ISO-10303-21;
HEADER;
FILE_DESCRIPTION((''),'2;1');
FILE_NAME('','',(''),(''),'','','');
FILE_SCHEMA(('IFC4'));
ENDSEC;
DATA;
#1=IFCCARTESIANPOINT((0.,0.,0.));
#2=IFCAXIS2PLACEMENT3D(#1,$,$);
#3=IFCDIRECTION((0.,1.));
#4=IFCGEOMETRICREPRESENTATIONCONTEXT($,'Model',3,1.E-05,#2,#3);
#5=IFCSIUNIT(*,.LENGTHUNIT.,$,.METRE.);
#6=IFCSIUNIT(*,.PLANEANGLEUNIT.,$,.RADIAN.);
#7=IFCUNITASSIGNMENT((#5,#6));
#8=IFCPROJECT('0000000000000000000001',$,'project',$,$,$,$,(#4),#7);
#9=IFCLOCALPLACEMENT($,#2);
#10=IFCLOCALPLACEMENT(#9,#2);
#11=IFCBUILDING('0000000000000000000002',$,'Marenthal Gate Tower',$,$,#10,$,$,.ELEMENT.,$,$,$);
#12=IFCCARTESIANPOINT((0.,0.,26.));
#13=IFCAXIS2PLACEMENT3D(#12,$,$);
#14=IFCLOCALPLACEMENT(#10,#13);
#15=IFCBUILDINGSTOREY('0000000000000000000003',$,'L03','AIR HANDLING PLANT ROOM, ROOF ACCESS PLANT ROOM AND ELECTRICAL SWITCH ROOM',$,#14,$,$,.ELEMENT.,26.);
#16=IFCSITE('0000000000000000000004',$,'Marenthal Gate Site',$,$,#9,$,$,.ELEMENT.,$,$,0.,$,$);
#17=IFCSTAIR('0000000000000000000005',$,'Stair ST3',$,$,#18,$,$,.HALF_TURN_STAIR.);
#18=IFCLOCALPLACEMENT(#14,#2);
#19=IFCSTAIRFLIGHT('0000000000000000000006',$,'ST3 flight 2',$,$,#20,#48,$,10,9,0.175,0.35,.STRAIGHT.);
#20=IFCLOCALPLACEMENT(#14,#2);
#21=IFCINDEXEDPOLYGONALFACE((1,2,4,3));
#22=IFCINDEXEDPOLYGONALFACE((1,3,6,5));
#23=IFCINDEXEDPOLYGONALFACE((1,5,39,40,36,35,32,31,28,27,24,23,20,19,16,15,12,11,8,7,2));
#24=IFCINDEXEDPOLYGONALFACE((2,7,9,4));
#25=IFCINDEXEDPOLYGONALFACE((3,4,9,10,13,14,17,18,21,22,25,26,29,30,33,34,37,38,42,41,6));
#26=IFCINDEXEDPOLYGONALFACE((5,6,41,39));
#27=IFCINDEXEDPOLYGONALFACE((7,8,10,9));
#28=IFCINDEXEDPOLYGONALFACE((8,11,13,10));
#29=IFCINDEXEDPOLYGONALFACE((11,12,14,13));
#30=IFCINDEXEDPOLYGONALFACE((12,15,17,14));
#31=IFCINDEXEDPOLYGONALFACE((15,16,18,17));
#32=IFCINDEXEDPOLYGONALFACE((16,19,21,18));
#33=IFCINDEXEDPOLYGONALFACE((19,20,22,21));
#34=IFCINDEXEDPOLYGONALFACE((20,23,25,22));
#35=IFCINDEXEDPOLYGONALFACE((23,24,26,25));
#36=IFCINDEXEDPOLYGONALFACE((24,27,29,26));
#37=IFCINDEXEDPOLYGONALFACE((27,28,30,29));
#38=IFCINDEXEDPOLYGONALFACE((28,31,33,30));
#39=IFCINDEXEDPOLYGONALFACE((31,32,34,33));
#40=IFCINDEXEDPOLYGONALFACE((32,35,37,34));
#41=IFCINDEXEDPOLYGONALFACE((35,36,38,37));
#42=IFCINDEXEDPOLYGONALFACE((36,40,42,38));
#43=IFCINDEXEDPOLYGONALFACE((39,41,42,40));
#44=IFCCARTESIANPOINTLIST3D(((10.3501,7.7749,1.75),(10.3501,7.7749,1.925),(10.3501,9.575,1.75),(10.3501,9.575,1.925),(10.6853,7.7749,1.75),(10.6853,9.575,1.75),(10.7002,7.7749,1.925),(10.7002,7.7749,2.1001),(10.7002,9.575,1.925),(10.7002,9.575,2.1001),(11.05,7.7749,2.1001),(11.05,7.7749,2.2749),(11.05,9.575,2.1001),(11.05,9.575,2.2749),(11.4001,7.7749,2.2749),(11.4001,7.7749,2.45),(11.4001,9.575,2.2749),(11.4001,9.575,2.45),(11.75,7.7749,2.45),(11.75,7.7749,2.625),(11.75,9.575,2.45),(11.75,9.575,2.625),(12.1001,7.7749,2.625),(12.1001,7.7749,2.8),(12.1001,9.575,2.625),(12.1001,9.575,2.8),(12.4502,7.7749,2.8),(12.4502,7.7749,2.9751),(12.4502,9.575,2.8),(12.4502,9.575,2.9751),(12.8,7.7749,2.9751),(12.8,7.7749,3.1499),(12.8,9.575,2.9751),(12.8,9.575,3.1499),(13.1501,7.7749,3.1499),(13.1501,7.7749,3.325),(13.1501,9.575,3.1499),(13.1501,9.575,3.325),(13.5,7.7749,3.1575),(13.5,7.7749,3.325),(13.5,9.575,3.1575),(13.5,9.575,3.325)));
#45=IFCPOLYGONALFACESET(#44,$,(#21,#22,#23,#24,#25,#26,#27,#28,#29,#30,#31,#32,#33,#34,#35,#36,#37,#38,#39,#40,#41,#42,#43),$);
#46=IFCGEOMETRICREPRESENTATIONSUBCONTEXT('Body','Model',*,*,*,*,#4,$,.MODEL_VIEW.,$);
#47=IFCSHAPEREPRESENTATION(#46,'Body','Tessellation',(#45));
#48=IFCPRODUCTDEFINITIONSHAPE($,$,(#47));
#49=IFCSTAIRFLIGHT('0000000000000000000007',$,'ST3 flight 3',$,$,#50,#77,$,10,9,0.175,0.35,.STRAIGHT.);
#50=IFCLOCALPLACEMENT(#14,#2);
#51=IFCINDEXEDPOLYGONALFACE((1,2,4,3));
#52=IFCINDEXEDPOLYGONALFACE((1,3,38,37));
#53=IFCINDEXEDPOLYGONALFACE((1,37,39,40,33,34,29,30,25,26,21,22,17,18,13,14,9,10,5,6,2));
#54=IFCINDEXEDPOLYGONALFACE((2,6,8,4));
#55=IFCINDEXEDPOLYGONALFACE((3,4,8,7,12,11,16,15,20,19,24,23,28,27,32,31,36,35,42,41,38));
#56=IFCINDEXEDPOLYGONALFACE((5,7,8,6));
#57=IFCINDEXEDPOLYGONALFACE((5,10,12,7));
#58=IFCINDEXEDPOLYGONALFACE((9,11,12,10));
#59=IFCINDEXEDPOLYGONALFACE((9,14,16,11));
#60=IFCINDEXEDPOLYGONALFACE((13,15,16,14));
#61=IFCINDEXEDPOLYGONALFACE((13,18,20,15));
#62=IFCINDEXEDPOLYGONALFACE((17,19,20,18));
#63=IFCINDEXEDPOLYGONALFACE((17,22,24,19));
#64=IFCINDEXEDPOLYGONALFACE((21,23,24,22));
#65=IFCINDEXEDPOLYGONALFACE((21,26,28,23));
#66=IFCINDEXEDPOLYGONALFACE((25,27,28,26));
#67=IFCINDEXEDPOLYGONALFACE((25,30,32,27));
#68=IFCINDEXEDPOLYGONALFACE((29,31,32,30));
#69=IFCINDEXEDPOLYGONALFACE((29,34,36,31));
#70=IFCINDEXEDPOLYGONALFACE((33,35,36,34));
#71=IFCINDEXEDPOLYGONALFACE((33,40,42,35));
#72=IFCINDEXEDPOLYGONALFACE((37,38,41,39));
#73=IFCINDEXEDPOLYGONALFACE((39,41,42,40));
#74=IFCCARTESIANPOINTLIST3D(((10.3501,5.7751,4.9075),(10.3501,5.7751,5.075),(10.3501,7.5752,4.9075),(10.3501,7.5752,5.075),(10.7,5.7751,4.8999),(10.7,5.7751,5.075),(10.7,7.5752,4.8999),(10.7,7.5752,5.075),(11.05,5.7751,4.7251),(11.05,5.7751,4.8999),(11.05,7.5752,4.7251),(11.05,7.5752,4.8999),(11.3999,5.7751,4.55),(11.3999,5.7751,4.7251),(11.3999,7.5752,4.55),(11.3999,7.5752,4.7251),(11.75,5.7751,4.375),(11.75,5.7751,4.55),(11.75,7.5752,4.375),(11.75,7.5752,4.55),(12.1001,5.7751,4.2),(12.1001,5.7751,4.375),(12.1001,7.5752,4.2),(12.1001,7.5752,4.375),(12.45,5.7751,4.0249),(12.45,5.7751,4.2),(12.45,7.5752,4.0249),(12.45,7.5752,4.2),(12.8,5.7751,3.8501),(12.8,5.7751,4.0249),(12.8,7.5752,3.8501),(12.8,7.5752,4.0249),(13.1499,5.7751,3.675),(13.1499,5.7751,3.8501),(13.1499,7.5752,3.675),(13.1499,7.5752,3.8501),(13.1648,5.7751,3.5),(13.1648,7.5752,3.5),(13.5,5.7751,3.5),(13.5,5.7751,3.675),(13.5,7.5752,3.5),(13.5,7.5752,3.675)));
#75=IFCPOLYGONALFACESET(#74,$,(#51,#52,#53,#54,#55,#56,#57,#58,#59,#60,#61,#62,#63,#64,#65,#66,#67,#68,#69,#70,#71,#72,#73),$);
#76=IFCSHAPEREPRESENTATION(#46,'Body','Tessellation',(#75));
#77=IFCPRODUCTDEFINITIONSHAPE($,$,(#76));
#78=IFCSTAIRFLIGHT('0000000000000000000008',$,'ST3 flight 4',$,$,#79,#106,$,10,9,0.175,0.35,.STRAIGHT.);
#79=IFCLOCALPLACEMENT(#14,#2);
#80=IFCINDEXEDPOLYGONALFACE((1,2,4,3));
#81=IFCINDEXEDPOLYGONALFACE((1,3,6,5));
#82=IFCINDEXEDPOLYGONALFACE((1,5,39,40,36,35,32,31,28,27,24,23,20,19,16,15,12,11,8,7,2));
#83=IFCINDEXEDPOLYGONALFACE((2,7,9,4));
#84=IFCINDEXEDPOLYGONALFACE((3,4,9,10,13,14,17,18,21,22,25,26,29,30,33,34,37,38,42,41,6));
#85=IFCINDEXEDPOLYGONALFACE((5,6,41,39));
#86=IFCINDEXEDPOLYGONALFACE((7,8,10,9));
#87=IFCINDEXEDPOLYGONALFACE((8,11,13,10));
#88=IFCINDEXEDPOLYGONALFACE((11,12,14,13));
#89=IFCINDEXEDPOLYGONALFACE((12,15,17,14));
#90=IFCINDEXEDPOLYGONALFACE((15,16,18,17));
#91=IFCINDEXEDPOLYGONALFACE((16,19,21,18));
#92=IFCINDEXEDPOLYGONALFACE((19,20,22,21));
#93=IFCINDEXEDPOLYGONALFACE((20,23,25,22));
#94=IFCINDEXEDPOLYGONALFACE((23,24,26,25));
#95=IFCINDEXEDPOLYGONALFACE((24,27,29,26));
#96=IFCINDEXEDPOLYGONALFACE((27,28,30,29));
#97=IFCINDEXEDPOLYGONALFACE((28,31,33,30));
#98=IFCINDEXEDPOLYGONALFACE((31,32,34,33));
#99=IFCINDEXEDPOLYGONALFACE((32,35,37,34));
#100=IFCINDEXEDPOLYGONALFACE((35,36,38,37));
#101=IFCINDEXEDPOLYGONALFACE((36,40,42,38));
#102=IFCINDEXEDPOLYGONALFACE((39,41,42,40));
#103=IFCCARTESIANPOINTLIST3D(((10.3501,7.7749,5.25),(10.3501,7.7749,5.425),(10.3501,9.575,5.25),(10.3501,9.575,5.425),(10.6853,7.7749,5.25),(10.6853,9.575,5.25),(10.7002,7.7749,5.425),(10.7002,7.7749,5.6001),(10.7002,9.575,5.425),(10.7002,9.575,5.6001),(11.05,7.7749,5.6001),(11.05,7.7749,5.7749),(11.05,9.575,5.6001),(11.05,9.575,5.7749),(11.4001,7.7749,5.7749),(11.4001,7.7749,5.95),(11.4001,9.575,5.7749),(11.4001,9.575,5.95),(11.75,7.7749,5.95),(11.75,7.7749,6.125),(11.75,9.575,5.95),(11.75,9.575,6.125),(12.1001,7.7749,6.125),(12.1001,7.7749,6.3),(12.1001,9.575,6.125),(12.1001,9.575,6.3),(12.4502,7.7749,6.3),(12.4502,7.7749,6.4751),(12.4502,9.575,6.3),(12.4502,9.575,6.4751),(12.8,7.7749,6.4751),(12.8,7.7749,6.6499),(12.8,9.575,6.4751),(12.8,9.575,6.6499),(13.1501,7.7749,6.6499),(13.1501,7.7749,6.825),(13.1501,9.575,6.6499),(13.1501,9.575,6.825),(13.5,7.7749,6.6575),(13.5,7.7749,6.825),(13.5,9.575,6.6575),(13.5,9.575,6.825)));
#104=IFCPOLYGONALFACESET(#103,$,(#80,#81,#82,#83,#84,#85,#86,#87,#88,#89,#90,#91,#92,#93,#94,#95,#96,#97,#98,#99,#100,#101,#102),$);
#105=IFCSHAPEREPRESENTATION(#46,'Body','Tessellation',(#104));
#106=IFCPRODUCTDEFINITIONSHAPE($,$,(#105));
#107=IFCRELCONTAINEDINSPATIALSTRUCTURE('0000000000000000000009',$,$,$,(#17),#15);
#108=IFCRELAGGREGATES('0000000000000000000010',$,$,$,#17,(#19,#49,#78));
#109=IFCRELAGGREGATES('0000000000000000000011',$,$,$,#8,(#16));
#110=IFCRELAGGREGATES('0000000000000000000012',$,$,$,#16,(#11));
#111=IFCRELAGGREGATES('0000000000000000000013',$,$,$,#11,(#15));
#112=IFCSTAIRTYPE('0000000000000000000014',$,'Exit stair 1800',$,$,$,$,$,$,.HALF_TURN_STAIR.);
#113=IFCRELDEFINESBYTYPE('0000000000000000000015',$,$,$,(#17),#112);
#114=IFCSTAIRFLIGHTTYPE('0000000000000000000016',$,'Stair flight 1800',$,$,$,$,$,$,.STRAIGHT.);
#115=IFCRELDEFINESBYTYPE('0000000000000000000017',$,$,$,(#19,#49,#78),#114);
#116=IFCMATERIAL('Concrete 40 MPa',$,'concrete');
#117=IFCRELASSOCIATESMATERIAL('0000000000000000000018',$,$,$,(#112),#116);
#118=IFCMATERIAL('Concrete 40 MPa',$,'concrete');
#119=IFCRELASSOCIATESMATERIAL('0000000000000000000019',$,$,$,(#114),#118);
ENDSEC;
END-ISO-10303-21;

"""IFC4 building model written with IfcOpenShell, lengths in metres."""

from ifc_helpers import new_model, si_unit, direction, frame, origin, place, context, subcontext, project, spatial, polyline, outline, extrude, material, type_object, element, aggregate, save


model = new_model("IFC4")

# Units and contexts
model_context = context("Model", 3, precision=1e-05, world=origin(), true_north=direction((0.0, 1.0)))
body_context = subcontext(model_context, "Body", "Model", "MODEL_VIEW")
ifc_project = project(units=[si_unit("LENGTHUNIT", "METRE"), si_unit("PLANEANGLEUNIT", "RADIAN")], contexts=[model_context])

# Site, building, storey
site_placement = place(None, origin())
site = spatial("IfcSite", under=ifc_project, at=site_placement, Name="Marenthal Gate Site", CompositionType="ELEMENT", RefElevation=0.0)
building_placement = place(site_placement, origin())
building = spatial("IfcBuilding", under=site, at=building_placement, Name="Marenthal Gate Tower", CompositionType="ELEMENT")
storey_placement = place(building_placement, frame((0.0, 0.0, 26.0)))
storey = spatial("IfcBuildingStorey", under=building, at=storey_placement, Name="L03", Description="AIR HANDLING PLANT ROOM, ROOF ACCESS PLANT ROOM AND ELECTRICAL SWITCH ROOM", CompositionType="ELEMENT", Elevation=26.0)

# Stair
ifc_material_1 = material(Name="Concrete 40 MPa", Category="concrete")
stair_type = type_object("IfcStairType", Name="Exit stair 1800", PredefinedType="HALF_TURN_STAIR", material=ifc_material_1)
stair_placement = place(storey_placement, origin())
stair = element("IfcStair", 1, at=stair_placement, inside=storey, type_object=stair_type, Name="Stair ST3", PredefinedType="HALF_TURN_STAIR")

# Stair flights
ifc_material_2 = material(Name="Concrete 40 MPa", Category="concrete")
stair_flight_type = type_object("IfcStairFlightType", Name="Stair flight 1800", PredefinedType="STRAIGHT", material=ifc_material_2)
stair_flight_1_placement = place(storey_placement, frame((10.3501, 8.675, 1.75), z_axis=(0.0, 0.0, 1.0), x_axis=(1.0, 0.0, 0.0)))
stair_flight_1 = element("IfcStairFlight", 2, at=stair_flight_1_placement, type_object=stair_flight_type, Name="ST3 flight 2", NumberOfRisers=10, NumberOfTreads=9, PredefinedType="STRAIGHT", RiserHeight=0.175, TreadLength=0.35, context=body_context, shape_type="SweptSolid", body=[
    extrude(outline(polyline([(0.0, 0.0), (0.0, 0.175), (0.3501, 0.175), (0.3501, 0.3501), (0.7, 0.3501), (0.7, 0.5249), (1.05, 0.5249), (1.05, 0.7), (1.3999, 0.7), (1.3999, 0.875), (1.75, 0.875), (1.75, 1.05), (2.1001, 1.05), (2.1001, 1.2251), (2.45, 1.2251), (2.45, 1.3999), (2.8, 1.3999), (2.8, 1.575), (3.1499, 1.575), (3.1499, 1.75), (3.1499, 1.4075), (0.3352, 0.0), (0.0, 0.0)])), frame((0.0, 0.8999, 0.0), z_axis=(0.0, -1.0, 0.0), x_axis=(1.0, 0.0, 0.0)), (0.0, 0.0, 1.0), 1.8),
])
stair_flight_2_placement = place(storey_placement, frame((13.5, 6.675, 3.5), z_axis=(0.0, 0.0, 1.0), x_axis=(-1.0, 0.0, 0.0)))
stair_flight_2 = element("IfcStairFlight", 3, at=stair_flight_2_placement, type_object=stair_flight_type, Name="ST3 flight 3", NumberOfRisers=10, NumberOfTreads=9, PredefinedType="STRAIGHT", RiserHeight=0.175, TreadLength=0.35, context=body_context, shape_type="SweptSolid", body=[
    extrude(outline(polyline([(0.0, 0.0), (0.0, 0.175), (0.3501, 0.175), (0.3501, 0.3501), (0.7, 0.3501), (0.7, 0.5249), (1.05, 0.5249), (1.05, 0.7), (1.3999, 0.7), (1.3999, 0.875), (1.75, 0.875), (1.75, 1.05), (2.1001, 1.05), (2.1001, 1.2251), (2.45, 1.2251), (2.45, 1.3999), (2.8, 1.3999), (2.8, 1.575), (3.1499, 1.575), (3.1499, 1.75), (3.1499, 1.4075), (0.3352, 0.0), (0.0, 0.0)])), frame((0.0, 0.8999, 0.0), z_axis=(0.0, -1.0, 0.0), x_axis=(1.0, 0.0, 0.0)), (0.0, 0.0, 1.0), 1.8),
])
stair_flight_3_placement = place(storey_placement, frame((10.3501, 8.675, 5.25), z_axis=(0.0, 0.0, 1.0), x_axis=(1.0, 0.0, 0.0)))
stair_flight_3 = element("IfcStairFlight", 4, at=stair_flight_3_placement, type_object=stair_flight_type, Name="ST3 flight 4", NumberOfRisers=10, NumberOfTreads=9, PredefinedType="STRAIGHT", RiserHeight=0.175, TreadLength=0.35, context=body_context, shape_type="SweptSolid", body=[
    extrude(outline(polyline([(0.0, 0.0), (0.0, 0.175), (0.3501, 0.175), (0.3501, 0.3501), (0.7, 0.3501), (0.7, 0.5249), (1.05, 0.5249), (1.05, 0.7), (1.3999, 0.7), (1.3999, 0.875), (1.75, 0.875), (1.75, 1.05), (2.1001, 1.05), (2.1001, 1.2251), (2.45, 1.2251), (2.45, 1.3999), (2.8, 1.3999), (2.8, 1.575), (3.1499, 1.575), (3.1499, 1.75), (3.1499, 1.4075), (0.3352, 0.0), (0.0, 0.0)])), frame((0.0, 0.8999, 0.0), z_axis=(0.0, -1.0, 0.0), x_axis=(1.0, 0.0, 0.0)), (0.0, 0.0, 1.0), 1.8),
])
aggregate(stair, [stair_flight_1, stair_flight_2, stair_flight_3])

save(model, "model.ifc")
